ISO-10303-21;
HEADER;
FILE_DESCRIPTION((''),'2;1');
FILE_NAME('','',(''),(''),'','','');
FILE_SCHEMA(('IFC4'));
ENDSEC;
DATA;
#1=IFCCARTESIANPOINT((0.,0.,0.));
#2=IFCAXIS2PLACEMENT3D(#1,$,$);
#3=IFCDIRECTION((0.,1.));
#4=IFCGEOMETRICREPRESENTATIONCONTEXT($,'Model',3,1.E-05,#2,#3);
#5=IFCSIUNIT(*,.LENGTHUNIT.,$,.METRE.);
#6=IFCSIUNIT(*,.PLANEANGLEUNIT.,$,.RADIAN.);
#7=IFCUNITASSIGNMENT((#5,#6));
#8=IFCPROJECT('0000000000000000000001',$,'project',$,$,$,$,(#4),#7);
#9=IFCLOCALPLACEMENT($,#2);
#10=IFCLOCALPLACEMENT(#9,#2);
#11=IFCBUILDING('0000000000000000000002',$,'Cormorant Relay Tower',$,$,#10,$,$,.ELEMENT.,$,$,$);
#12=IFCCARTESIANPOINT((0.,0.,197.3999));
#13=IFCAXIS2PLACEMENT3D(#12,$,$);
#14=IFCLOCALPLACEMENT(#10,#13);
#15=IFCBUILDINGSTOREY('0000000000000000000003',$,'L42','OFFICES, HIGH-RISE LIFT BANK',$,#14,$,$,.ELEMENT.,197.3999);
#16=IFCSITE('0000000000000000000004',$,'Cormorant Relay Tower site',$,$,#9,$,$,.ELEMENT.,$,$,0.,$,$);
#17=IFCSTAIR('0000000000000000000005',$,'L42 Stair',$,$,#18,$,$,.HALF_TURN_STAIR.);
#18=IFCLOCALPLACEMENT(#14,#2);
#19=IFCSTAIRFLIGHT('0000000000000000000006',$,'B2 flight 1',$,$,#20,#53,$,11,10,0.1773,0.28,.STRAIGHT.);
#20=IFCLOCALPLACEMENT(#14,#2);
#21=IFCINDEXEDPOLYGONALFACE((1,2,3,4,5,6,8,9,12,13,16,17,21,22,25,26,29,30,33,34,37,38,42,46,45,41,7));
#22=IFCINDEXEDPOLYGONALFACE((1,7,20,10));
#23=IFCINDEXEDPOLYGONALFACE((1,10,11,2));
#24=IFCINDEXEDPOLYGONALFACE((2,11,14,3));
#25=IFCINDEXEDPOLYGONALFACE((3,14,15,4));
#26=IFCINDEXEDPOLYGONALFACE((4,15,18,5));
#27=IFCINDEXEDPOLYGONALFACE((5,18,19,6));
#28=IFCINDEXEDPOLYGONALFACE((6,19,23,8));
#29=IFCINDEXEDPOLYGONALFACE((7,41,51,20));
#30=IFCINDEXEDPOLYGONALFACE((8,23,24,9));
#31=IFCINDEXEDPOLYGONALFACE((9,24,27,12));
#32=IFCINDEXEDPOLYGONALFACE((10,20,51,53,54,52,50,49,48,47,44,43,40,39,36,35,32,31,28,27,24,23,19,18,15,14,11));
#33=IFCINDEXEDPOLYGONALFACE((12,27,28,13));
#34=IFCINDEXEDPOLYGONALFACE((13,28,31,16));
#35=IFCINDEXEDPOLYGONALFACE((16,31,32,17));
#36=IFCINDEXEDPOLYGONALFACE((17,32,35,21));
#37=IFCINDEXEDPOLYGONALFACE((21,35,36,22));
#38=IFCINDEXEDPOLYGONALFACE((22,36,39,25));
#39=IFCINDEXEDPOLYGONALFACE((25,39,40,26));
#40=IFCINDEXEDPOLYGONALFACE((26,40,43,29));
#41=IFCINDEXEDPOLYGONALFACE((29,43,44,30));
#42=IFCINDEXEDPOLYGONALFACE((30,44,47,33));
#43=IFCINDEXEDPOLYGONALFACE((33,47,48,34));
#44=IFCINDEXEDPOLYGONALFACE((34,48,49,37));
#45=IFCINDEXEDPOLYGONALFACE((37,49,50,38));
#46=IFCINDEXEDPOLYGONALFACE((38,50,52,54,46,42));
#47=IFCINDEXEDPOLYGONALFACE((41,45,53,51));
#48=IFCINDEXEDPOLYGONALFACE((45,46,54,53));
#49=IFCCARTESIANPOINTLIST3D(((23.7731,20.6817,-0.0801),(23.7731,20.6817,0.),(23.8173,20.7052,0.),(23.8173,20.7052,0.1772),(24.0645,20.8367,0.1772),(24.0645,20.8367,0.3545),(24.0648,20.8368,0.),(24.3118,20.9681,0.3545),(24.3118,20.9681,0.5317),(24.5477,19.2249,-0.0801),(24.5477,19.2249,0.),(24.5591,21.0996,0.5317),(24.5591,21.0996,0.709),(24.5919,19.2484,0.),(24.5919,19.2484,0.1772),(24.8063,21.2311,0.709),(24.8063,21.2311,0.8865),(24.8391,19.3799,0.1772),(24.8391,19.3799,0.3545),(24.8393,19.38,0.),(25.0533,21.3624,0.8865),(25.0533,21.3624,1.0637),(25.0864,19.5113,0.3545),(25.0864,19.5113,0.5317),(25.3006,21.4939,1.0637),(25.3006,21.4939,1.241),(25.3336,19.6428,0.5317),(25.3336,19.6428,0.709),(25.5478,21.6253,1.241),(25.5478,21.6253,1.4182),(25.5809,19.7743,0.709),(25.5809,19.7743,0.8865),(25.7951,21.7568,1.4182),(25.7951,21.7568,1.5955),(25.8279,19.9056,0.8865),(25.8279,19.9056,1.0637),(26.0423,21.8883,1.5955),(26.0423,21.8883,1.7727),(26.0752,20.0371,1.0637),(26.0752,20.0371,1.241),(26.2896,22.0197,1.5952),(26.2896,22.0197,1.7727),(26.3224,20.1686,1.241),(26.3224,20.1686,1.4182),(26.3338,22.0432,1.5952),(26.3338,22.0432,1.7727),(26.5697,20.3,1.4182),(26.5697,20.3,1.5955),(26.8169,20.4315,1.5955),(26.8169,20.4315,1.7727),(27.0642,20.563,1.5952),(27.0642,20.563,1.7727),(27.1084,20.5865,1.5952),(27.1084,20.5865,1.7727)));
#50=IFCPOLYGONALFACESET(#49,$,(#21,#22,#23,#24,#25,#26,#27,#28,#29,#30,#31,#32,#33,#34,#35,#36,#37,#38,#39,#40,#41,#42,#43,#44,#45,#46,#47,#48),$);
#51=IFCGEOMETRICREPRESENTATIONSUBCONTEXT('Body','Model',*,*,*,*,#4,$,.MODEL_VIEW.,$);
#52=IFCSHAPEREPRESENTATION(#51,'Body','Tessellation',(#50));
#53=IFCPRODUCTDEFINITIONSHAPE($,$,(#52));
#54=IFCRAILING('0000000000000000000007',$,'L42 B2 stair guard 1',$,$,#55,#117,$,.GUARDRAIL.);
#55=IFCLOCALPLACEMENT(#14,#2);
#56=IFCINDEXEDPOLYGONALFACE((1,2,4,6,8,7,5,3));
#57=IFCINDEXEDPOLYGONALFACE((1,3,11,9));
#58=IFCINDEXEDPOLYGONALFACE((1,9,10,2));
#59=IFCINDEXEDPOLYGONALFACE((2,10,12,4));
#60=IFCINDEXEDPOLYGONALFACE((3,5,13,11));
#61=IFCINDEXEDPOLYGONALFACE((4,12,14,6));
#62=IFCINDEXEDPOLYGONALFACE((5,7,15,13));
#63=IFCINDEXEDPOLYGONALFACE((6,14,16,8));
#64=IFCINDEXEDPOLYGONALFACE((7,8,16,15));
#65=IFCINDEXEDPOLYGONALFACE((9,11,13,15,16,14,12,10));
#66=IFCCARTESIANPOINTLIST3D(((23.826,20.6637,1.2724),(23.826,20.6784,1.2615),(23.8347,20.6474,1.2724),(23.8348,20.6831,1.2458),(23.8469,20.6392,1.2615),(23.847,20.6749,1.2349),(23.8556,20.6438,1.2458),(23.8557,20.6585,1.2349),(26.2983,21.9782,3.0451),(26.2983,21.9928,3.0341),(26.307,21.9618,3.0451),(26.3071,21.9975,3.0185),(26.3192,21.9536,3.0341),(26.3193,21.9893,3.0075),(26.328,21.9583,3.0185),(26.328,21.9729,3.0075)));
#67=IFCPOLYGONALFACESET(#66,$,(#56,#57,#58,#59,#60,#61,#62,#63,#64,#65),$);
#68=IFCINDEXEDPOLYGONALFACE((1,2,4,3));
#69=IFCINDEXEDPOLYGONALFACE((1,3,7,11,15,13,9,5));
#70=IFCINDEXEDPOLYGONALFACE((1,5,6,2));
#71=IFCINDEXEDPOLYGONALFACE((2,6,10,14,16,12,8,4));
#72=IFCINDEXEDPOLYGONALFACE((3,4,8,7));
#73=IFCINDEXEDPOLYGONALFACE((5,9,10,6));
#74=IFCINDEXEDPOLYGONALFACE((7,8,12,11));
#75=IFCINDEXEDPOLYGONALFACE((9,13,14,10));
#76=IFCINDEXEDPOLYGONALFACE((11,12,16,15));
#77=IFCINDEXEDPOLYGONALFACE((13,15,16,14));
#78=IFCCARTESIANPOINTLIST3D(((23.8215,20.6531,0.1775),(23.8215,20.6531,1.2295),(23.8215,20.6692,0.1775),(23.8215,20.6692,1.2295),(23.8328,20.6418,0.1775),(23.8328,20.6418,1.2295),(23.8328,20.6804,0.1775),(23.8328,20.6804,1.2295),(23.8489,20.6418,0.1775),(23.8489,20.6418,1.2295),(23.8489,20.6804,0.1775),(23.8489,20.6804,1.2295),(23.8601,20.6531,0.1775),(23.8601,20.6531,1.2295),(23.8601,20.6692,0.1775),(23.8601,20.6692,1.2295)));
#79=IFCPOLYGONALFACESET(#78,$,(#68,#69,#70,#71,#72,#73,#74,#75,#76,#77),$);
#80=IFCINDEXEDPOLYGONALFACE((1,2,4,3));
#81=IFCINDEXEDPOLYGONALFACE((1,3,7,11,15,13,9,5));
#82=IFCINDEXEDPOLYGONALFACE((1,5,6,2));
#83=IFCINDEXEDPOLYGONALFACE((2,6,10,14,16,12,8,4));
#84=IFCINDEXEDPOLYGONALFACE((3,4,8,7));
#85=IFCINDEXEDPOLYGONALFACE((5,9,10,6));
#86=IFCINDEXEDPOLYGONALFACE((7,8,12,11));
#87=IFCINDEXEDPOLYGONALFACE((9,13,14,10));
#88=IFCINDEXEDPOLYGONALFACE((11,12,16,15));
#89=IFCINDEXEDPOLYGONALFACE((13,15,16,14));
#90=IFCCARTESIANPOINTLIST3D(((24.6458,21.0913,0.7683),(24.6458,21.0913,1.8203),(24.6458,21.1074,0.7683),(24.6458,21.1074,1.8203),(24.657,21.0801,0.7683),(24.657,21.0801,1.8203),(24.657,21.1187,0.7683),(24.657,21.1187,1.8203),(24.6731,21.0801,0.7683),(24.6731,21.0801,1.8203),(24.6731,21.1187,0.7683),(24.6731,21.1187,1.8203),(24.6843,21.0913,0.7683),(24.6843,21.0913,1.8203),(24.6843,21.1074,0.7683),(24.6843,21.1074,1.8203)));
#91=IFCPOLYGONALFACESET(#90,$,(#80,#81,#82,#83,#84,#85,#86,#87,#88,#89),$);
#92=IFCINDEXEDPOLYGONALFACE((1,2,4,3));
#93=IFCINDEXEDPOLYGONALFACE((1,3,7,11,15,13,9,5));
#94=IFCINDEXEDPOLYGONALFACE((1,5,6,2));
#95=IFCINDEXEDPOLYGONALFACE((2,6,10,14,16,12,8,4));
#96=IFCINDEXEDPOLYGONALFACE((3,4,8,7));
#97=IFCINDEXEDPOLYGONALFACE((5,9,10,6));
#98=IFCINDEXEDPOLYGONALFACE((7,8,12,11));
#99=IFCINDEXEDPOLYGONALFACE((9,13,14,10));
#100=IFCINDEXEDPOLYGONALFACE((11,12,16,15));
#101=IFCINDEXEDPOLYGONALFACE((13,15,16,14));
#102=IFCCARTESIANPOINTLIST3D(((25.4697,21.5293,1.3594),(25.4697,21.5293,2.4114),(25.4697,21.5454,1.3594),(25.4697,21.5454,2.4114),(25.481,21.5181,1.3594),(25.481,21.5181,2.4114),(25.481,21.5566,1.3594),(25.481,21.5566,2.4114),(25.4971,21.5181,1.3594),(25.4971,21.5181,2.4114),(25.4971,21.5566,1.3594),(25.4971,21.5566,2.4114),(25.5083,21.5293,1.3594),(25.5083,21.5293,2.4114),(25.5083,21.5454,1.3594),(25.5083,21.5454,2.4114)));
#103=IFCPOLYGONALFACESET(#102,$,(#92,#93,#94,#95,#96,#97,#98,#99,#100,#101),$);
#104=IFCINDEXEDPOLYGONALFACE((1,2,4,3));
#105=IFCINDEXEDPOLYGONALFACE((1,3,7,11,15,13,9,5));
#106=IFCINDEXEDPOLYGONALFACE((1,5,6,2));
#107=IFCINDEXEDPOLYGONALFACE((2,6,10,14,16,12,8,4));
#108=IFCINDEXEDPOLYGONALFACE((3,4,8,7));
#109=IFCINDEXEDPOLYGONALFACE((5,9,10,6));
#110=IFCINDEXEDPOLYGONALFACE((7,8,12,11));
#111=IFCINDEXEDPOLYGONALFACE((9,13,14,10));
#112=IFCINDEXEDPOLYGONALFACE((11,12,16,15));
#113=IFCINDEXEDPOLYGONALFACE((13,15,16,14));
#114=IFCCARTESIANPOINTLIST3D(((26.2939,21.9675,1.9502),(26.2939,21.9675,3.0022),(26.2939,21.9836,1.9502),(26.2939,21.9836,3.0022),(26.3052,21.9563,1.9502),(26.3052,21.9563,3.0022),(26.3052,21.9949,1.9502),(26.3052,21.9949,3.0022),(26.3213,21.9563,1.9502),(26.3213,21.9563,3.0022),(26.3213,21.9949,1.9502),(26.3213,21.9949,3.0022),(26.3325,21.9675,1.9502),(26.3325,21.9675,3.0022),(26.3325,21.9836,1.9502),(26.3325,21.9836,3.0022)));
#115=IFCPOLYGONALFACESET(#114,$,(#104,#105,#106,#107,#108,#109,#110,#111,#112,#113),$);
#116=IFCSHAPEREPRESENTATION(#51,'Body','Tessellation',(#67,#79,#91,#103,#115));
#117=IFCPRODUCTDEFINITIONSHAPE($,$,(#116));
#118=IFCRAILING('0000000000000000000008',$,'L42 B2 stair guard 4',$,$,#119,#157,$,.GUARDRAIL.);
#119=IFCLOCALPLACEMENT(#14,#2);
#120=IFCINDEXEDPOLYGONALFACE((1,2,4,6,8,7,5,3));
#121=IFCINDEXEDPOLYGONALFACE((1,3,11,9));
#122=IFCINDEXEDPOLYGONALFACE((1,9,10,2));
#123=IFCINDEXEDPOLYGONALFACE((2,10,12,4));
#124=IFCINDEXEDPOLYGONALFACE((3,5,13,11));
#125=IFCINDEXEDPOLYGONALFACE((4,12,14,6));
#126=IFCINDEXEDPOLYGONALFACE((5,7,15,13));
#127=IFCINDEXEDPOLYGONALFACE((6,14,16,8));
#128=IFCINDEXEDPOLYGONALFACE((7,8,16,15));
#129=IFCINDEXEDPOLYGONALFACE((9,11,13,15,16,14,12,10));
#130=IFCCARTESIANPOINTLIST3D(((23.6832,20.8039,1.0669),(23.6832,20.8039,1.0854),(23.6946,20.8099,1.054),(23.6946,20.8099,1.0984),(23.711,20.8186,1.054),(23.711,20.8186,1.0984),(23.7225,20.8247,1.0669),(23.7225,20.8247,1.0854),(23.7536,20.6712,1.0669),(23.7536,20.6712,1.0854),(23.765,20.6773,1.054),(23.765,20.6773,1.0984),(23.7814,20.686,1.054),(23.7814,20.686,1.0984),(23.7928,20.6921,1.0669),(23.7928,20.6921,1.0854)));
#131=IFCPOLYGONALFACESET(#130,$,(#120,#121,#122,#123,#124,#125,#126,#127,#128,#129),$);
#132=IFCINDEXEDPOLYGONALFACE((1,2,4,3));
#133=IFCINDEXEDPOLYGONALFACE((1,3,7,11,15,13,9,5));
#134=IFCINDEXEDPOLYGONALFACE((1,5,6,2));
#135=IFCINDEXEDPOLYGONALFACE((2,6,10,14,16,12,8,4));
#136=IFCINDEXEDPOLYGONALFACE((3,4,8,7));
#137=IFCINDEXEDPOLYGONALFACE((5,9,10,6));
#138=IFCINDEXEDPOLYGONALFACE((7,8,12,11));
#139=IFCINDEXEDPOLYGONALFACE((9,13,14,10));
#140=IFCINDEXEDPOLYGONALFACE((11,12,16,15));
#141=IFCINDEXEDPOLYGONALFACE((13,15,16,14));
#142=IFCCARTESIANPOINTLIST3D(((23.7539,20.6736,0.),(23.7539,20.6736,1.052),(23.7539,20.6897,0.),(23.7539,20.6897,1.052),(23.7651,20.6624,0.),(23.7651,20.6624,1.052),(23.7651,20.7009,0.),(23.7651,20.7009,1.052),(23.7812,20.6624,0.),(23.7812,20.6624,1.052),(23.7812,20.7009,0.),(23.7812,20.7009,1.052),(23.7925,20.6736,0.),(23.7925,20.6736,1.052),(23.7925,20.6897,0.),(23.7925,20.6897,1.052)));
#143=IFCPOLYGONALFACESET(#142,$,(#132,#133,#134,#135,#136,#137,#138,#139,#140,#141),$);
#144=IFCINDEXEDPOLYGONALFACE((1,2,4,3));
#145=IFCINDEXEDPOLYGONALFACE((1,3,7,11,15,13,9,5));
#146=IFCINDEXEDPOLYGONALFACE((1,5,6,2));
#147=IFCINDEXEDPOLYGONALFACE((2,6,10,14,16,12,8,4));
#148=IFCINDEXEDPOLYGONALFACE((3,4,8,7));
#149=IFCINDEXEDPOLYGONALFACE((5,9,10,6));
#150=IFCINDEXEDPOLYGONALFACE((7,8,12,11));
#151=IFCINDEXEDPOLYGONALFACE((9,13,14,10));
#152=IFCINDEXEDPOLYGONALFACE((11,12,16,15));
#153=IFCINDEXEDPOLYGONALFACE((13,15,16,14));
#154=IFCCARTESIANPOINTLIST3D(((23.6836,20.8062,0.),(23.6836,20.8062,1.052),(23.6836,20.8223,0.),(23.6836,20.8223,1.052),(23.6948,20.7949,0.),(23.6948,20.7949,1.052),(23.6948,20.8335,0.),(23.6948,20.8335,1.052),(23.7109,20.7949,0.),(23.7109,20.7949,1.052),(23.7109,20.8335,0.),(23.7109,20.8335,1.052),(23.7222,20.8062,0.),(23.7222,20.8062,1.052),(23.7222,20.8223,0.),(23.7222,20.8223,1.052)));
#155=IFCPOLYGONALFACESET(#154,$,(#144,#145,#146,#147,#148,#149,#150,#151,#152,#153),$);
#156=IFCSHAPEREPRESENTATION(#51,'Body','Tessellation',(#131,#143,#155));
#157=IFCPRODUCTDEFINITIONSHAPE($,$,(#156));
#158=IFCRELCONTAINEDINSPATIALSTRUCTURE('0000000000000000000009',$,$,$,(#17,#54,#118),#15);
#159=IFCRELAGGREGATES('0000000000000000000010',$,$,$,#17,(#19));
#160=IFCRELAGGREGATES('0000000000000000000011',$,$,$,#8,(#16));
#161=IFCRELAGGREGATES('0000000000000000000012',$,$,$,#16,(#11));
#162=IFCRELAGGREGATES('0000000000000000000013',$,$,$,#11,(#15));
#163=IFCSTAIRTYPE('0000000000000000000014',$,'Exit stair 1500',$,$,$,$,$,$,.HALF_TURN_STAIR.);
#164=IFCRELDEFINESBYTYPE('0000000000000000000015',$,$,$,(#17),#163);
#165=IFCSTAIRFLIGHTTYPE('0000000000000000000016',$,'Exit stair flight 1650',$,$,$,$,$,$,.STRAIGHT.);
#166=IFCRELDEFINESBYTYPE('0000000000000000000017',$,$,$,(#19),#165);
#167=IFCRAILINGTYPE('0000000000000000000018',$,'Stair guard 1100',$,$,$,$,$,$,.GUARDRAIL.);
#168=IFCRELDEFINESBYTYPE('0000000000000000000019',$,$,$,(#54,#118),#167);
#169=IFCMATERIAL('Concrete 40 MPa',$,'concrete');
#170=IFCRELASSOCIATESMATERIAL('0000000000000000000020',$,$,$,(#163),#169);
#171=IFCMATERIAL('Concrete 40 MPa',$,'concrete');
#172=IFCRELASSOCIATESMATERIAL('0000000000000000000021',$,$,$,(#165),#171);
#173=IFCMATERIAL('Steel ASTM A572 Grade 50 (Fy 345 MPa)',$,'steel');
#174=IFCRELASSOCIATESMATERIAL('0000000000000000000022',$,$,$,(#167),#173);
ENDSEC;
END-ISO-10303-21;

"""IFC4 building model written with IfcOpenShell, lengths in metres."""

from ifc_helpers import new_model, si_unit, direction, frame, origin, place, context, subcontext, project, spatial, polyline, outline, extrude, material, type_object, element, aggregate, save


model = new_model("IFC4")

# Units and contexts
model_context = context("Model", 3, precision=1e-05, world=origin(), true_north=direction((0.0, 1.0)))
body_context = subcontext(model_context, "Body", "Model", "MODEL_VIEW")
ifc_project = project(units=[si_unit("LENGTHUNIT", "METRE"), si_unit("PLANEANGLEUNIT", "RADIAN")], contexts=[model_context])

# Site, building, storey
site_placement = place(None, origin())
site = spatial("IfcSite", under=ifc_project, at=site_placement, Name="Cormorant Relay Tower site", CompositionType="ELEMENT", RefElevation=0.0)
building_placement = place(site_placement, origin())
building = spatial("IfcBuilding", under=site, at=building_placement, Name="Cormorant Relay Tower", CompositionType="ELEMENT")
storey_placement = place(building_placement, frame((0.0, 0.0, 197.3999)))
storey = spatial("IfcBuildingStorey", under=building, at=storey_placement, Name="L42", Description="OFFICES, HIGH-RISE LIFT BANK", CompositionType="ELEMENT", Elevation=197.3999)

# Stair, stair flight
ifc_material_1 = material(Name="Concrete 40 MPa", Category="concrete")
stair_type = type_object("IfcStairType", Name="Exit stair 1500", PredefinedType="HALF_TURN_STAIR", material=ifc_material_1)
stair_placement = place(storey_placement, origin())
stair = element("IfcStair", 1, at=stair_placement, inside=storey, type_object=stair_type, Name="L42 Stair", PredefinedType="HALF_TURN_STAIR")
ifc_material_2 = material(Name="Concrete 40 MPa", Category="concrete")
stair_flight_type = type_object("IfcStairFlightType", Name="Exit stair flight 1650", PredefinedType="STRAIGHT", material=ifc_material_2)
stair_flight_placement = place(storey_placement, frame((24.2046, 19.9768, 0.0), z_axis=(0.0, 0.0, 1.0), x_axis=(0.882948, 0.469472, 0.0)))
stair_flight = element("IfcStairFlight", 2, at=stair_flight_placement, type_object=stair_flight_type, Name="B2 flight 1", NumberOfRisers=11, NumberOfTreads=10, PredefinedType="STRAIGHT", RiserHeight=0.1773, TreadLength=0.28, context=body_context, shape_type="SweptSolid", body=[
    extrude(outline(polyline([(-0.05, -0.0801), (-0.05, 0.0), (0.0, 0.0), (0.0, 0.1772), (0.28, 0.1772), (0.28, 0.3545), (0.5601, 0.3545), (0.5601, 0.5317), (0.8401, 0.5317), (0.8401, 0.709), (1.1201, 0.709), (1.1201, 0.8865), (1.3999, 0.8865), (1.3999, 1.0637), (1.6799, 1.0637), (1.6799, 1.241), (1.96, 1.241), (1.96, 1.4182), (2.24, 1.4182), (2.24, 1.5955), (2.52, 1.5955), (2.52, 1.7727), (2.8, 1.7727), (2.8501, 1.7727), (2.8501, 1.5952), (2.8, 1.5952), (0.2803, 0.0), (-0.05, -0.0801)])), frame((0.0, 0.825, 0.0), z_axis=(0.0, -1.0, 0.0), x_axis=(1.0, 0.0, 0.0)), (0.0, 0.0, 1.0), 1.6499),
])
aggregate(stair, [stair_flight])

# Railings
ifc_material_3 = material(Name="Steel ASTM A572 Grade 50 (Fy 345 MPa)", Category="steel")
railing_type_1 = type_object("IfcRailingType", Name="Stair guard 1100", PredefinedType="GUARDRAIL", material=ifc_material_3)
railing_1_placement = place(storey_placement, frame((23.8408, 20.6611, 0.1775)))
element("IfcRailing", 3, at=railing_1_placement, inside=storey, type_object=railing_type_1, Name="L42 B2 stair guard 1", PredefinedType="GUARDRAIL", context=body_context, shape_type="SweptSolid", body=[
    extrude(outline(polyline([(0.0222, 0.0093), (0.0093, 0.0222), (-0.0093, 0.0222), (-0.0222, 0.0093), (-0.0222, -0.0093), (-0.0093, -0.0222), (0.0093, -0.0222), (0.0222, -0.0093), (0.0222, 0.0093)])), frame((0.0, 0.0, 1.0762), z_axis=(0.746034, 0.396627, 0.534902), x_axis=(-0.469429, 0.88297, 0.0)), (0.0, 0.0, 1.0), 3.314),
    extrude(outline(polyline([(0.0193, 0.0081), (0.0081, 0.0193), (-0.0081, 0.0193), (-0.0193, 0.0081), (-0.0193, -0.0081), (-0.0081, -0.0193), (0.0081, -0.0193), (0.0193, -0.0081), (0.0193, 0.0081)])), origin(), (0.0, 0.0, 1.0), 1.052),
    extrude(outline(polyline([(0.0193, 0.0081), (0.0081, 0.0193), (-0.0081, 0.0193), (-0.0193, 0.0081), (-0.0193, -0.0081), (-0.0081, -0.0193), (0.0081, -0.0193), (0.0193, -0.0081), (0.0193, 0.0081)])), frame((0.8242, 0.4382, 0.5908)), (0.0, 0.0, 1.0), 1.052),
    extrude(outline(polyline([(0.0193, 0.0081), (0.0081, 0.0193), (-0.0081, 0.0193), (-0.0193, 0.0081), (-0.0193, -0.0081), (-0.0081, -0.0193), (0.0081, -0.0193), (0.0193, -0.0081), (0.0193, 0.0081)])), frame((1.6482, 0.8762, 1.1819)), (0.0, 0.0, 1.0), 1.052),
    extrude(outline(polyline([(0.0193, 0.0081), (0.0081, 0.0193), (-0.0081, 0.0193), (-0.0193, 0.0081), (-0.0193, -0.0081), (-0.0081, -0.0193), (0.0081, -0.0193), (0.0193, -0.0081), (0.0193, 0.0081)])), frame((2.4724, 1.3145, 1.7727)), (0.0, 0.0, 1.0), 1.052),
])
railing_2_placement = place(storey_placement, frame((23.7732, 20.6816, 0.0)))
element("IfcRailing", 4, at=railing_2_placement, inside=storey, type_object=railing_type_1, Name="L42 B2 stair guard 4", PredefinedType="GUARDRAIL", context=body_context, shape_type="SweptSolid", body=[
    extrude(outline(polyline([(0.0222, 0.0093), (0.0093, 0.0222), (-0.0093, 0.0222), (-0.0222, 0.0093), (-0.0222, -0.0093), (-0.0093, -0.0222), (0.0093, -0.0222), (0.0222, -0.0093), (0.0222, 0.0093)])), frame((0.0, 0.0, 1.0762), z_axis=(-0.46856, 0.883431, 0.0), x_axis=(-0.883431, -0.46856, 0.0)), (0.0, 0.0, 1.0), 0.1501),
    extrude(outline(polyline([(0.0193, 0.0081), (0.0081, 0.0193), (-0.0081, 0.0193), (-0.0193, 0.0081), (-0.0193, -0.0081), (-0.0081, -0.0193), (0.0081, -0.0193), (0.0193, -0.0081), (0.0193, 0.0081)])), origin(), (0.0, 0.0, 1.0), 1.052),
    extrude(outline(polyline([(0.0193, 0.0081), (0.0081, 0.0193), (-0.0081, 0.0193), (-0.0193, 0.0081), (-0.0193, -0.0081), (-0.0081, -0.0193), (0.0081, -0.0193), (0.0193, -0.0081), (0.0193, 0.0081)])), frame((-0.0703, 0.1326, 0.0)), (0.0, 0.0, 1.0), 1.052),
])

save(model, "model.ifc")
